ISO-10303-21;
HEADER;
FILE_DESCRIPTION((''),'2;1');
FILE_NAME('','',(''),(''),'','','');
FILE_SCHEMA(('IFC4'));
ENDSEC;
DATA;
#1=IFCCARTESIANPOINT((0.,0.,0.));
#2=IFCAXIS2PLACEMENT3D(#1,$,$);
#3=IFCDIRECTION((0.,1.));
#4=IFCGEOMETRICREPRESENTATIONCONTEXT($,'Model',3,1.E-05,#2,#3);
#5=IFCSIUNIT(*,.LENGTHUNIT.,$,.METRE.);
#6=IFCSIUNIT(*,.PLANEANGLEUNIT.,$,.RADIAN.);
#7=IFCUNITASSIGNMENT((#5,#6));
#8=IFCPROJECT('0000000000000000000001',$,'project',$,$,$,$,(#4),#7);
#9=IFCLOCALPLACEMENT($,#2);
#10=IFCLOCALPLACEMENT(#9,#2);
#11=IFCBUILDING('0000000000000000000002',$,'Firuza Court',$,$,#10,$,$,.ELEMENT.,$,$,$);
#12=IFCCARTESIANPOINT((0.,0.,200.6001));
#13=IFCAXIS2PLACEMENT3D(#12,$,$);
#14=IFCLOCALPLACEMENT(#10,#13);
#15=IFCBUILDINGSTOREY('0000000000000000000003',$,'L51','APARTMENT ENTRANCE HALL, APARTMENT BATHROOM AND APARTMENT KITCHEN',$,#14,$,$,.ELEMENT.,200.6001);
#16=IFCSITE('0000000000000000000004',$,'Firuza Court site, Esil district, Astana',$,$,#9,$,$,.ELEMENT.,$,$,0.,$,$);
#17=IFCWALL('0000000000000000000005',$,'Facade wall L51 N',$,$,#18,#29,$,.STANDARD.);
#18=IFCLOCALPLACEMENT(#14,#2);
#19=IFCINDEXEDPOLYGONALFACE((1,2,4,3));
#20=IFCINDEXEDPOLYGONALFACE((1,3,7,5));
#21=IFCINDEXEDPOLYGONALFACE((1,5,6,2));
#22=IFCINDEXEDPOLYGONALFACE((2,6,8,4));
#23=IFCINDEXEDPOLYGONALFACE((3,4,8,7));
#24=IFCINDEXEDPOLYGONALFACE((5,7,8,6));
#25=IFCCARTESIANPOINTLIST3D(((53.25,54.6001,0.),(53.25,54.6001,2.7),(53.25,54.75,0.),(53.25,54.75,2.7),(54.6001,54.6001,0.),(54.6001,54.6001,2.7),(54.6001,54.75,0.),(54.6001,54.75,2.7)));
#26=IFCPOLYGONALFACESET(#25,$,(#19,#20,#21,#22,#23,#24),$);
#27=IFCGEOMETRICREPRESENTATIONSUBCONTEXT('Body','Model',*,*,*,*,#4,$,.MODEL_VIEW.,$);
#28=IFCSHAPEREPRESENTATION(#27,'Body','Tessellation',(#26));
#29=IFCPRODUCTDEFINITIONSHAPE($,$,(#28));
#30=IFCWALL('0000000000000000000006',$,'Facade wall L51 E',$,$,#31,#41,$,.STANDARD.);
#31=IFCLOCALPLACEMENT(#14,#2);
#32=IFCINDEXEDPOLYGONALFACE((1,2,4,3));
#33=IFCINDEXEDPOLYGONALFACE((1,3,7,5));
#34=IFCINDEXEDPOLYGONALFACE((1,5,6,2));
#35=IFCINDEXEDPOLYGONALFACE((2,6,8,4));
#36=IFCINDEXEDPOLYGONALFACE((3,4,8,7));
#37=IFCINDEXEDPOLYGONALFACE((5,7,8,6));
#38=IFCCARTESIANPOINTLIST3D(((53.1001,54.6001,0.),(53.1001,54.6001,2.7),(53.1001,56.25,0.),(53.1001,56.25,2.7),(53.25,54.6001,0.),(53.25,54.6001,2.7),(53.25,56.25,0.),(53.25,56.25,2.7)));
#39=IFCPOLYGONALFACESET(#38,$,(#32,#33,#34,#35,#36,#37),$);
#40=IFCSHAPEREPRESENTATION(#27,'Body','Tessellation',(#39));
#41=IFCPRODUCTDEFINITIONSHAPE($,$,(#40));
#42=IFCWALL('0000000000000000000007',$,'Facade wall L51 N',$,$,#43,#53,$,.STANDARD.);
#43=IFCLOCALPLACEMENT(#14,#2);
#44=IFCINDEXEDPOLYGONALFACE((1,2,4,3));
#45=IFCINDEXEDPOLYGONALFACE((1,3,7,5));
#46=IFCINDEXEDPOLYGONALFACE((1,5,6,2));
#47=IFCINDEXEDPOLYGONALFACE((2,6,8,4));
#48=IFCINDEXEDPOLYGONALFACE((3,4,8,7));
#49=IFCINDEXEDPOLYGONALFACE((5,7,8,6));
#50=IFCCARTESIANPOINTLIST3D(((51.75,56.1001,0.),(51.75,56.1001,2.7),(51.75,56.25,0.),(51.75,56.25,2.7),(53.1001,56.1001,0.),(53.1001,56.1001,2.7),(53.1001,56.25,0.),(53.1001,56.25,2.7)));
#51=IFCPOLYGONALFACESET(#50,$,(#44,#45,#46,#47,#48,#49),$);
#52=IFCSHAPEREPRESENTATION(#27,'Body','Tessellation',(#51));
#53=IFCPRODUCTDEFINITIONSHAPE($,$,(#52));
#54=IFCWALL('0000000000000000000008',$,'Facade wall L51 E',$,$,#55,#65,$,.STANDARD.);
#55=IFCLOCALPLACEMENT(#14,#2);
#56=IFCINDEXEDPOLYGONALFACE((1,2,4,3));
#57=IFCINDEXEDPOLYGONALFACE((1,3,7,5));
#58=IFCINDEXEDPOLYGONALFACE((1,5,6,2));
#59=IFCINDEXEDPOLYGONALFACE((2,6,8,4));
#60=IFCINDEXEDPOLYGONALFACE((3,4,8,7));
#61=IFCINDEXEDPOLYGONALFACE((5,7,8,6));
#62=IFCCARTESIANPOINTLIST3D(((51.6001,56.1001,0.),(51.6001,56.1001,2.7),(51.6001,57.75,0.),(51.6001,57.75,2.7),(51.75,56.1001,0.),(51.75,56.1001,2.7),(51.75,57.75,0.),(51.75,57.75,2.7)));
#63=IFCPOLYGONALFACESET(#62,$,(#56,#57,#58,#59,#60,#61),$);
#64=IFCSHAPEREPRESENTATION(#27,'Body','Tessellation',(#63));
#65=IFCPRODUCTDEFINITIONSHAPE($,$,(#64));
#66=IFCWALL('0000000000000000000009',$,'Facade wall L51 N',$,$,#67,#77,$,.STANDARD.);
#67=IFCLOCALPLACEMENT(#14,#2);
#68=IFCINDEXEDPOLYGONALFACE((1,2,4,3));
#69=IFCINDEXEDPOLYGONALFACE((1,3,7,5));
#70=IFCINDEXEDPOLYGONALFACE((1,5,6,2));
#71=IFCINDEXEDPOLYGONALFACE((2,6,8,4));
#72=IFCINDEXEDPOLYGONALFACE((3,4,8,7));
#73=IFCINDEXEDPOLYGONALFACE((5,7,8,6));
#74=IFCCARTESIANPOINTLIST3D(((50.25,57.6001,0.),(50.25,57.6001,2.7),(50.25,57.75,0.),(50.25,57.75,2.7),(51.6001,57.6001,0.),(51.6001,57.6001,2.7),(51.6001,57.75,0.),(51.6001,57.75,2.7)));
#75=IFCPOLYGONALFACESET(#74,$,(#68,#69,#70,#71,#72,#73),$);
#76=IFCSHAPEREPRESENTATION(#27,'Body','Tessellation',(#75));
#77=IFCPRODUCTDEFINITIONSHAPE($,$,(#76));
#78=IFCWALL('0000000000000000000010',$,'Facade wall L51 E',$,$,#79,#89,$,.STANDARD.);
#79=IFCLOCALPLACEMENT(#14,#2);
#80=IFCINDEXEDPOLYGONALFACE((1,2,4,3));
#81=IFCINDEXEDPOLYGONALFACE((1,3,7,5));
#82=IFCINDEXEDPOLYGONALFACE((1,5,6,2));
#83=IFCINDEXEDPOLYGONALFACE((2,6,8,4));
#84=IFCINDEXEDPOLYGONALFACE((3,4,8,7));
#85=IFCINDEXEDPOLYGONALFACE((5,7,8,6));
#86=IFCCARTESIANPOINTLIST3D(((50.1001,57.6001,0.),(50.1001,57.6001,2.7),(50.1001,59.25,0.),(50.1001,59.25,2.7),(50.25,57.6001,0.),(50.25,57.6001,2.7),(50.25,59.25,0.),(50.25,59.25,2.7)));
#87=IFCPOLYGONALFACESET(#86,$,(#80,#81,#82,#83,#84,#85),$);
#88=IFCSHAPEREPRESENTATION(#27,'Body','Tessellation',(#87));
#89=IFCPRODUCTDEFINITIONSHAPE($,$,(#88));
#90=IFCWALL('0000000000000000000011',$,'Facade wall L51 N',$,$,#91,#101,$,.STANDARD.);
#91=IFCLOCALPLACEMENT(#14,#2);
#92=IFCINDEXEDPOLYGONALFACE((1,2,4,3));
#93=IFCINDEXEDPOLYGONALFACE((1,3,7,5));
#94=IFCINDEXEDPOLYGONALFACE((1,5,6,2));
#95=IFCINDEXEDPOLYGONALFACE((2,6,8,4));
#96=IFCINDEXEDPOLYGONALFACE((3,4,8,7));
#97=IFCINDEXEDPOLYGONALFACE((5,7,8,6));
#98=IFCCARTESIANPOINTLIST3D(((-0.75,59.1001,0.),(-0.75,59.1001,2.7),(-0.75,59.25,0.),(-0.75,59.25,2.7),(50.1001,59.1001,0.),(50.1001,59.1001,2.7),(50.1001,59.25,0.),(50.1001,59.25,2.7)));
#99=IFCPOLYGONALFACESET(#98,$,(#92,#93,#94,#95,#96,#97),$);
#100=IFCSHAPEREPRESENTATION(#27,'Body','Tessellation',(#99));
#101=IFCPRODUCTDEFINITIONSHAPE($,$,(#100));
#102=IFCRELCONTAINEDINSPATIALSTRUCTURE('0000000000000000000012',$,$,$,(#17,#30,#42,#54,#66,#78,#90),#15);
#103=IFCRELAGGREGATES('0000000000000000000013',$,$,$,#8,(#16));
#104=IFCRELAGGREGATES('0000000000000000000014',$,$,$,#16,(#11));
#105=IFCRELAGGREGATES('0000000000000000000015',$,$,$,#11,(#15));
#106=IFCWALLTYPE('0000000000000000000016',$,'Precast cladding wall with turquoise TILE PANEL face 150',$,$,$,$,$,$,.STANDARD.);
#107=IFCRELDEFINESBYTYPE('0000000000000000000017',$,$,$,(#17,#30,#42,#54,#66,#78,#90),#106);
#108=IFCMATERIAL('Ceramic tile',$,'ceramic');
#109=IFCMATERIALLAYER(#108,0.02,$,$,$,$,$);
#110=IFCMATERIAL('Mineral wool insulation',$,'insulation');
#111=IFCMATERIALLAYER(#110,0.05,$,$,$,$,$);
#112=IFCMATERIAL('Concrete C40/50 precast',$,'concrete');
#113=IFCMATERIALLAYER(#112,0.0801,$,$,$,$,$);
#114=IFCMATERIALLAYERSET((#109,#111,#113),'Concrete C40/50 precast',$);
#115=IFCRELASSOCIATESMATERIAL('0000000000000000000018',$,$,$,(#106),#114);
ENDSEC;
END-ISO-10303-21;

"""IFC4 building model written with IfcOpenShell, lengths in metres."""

from ifc_helpers import new_model, si_unit, direction, frame, frame_2d, origin, place, context, subcontext, project, spatial, rectangle, extrude, material, layer, layer_set, type_object, element, save


model = new_model("IFC4")

# Units and contexts
model_context = context("Model", 3, precision=1e-05, world=origin(), true_north=direction((0.0, 1.0)))
body_context = subcontext(model_context, "Body", "Model", "MODEL_VIEW")
ifc_project = project(units=[si_unit("LENGTHUNIT", "METRE"), si_unit("PLANEANGLEUNIT", "RADIAN")], contexts=[model_context])

# Site, building, storey
site_placement = place(None, origin())
site = spatial("IfcSite", under=ifc_project, at=site_placement, Name="Firuza Court site, Esil district, Astana", CompositionType="ELEMENT", RefElevation=0.0)
building_placement = place(site_placement, origin())
building = spatial("IfcBuilding", under=site, at=building_placement, Name="Firuza Court", CompositionType="ELEMENT")
storey_placement = place(building_placement, frame((0.0, 0.0, 200.6001)))
storey = spatial("IfcBuildingStorey", under=building, at=storey_placement, Name="L51", Description="APARTMENT ENTRANCE HALL, APARTMENT BATHROOM AND APARTMENT KITCHEN", CompositionType="ELEMENT", Elevation=200.6001)

# Walls
ifc_material_1 = material(Name="Ceramic tile", Category="ceramic")
ifc_layer_1 = layer(ifc_material_1, 0.02)
ifc_material_2 = material(Name="Mineral wool insulation", Category="insulation")
ifc_layer_2 = layer(ifc_material_2, 0.05)
ifc_material_3 = material(Name="Concrete C40/50 precast", Category="concrete")
ifc_layer_3 = layer(ifc_material_3, 0.0801)
ifc_layer_set_1 = layer_set([ifc_layer_1, ifc_layer_2, ifc_layer_3], Name="Concrete C40/50 precast")
wall_type_1 = type_object("IfcWallType", Name="Precast cladding wall with turquoise TILE PANEL face 150", PredefinedType="STANDARD", material=ifc_layer_set_1)
wall_1_placement = place(storey_placement, frame((54.6001, 54.675, 0.0), z_axis=(0.0, 0.0, 1.0), x_axis=(-1.0, 0.0, 0.0)))
element("IfcWall", 1, at=wall_1_placement, inside=storey, type_object=wall_type_1, Name="Facade wall L51 N", PredefinedType="STANDARD", context=body_context, shape_type="SweptSolid", body=[
    extrude(rectangle(XDim=1.3501, YDim=0.1499, at=frame_2d((0.675, 0.0))), origin(), (0.0, 0.0, 1.0), 2.7),
])
wall_2_placement = place(storey_placement, frame((53.175, 54.6001, 0.0), z_axis=(0.0, 0.0, 1.0), x_axis=(0.0, 1.0, 0.0)))
element("IfcWall", 2, at=wall_2_placement, inside=storey, type_object=wall_type_1, Name="Facade wall L51 E", PredefinedType="STANDARD", context=body_context, shape_type="SweptSolid", body=[
    extrude(rectangle(XDim=1.6499, YDim=0.1499, at=frame_2d((0.825, 0.0))), origin(), (0.0, 0.0, 1.0), 2.7),
])
wall_3_placement = place(storey_placement, frame((53.1001, 56.175, 0.0), z_axis=(0.0, 0.0, 1.0), x_axis=(-1.0, 0.0, 0.0)))
element("IfcWall", 3, at=wall_3_placement, inside=storey, type_object=wall_type_1, Name="Facade wall L51 N", PredefinedType="STANDARD", context=body_context, shape_type="SweptSolid", body=[
    extrude(rectangle(XDim=1.3501, YDim=0.1499, at=frame_2d((0.675, 0.0))), origin(), (0.0, 0.0, 1.0), 2.7),
])
wall_4_placement = place(storey_placement, frame((51.675, 56.1001, 0.0), z_axis=(0.0, 0.0, 1.0), x_axis=(0.0, 1.0, 0.0)))
element("IfcWall", 4, at=wall_4_placement, inside=storey, type_object=wall_type_1, Name="Facade wall L51 E", PredefinedType="STANDARD", context=body_context, shape_type="SweptSolid", body=[
    extrude(rectangle(XDim=1.6499, YDim=0.1499, at=frame_2d((0.825, 0.0))), origin(), (0.0, 0.0, 1.0), 2.7),
])
wall_5_placement = place(storey_placement, frame((51.6001, 57.675, 0.0), z_axis=(0.0, 0.0, 1.0), x_axis=(-1.0, 0.0, 0.0)))
element("IfcWall", 5, at=wall_5_placement, inside=storey, type_object=wall_type_1, Name="Facade wall L51 N", PredefinedType="STANDARD", context=body_context, shape_type="SweptSolid", body=[
    extrude(rectangle(XDim=1.3501, YDim=0.1499, at=frame_2d((0.675, 0.0))), origin(), (0.0, 0.0, 1.0), 2.7),
])
wall_6_placement = place(storey_placement, frame((50.175, 57.6001, 0.0), z_axis=(0.0, 0.0, 1.0), x_axis=(0.0, 1.0, 0.0)))
element("IfcWall", 6, at=wall_6_placement, inside=storey, type_object=wall_type_1, Name="Facade wall L51 E", PredefinedType="STANDARD", context=body_context, shape_type="SweptSolid", body=[
    extrude(rectangle(XDim=1.6499, YDim=0.1499, at=frame_2d((0.825, 0.0))), origin(), (0.0, 0.0, 1.0), 2.7),
])
wall_7_placement = place(storey_placement, frame((50.1001, 59.175, 0.0), z_axis=(0.0, 0.0, 1.0), x_axis=(-1.0, 0.0, 0.0)))
element("IfcWall", 7, at=wall_7_placement, inside=storey, type_object=wall_type_1, Name="Facade wall L51 N", PredefinedType="STANDARD", context=body_context, shape_type="SweptSolid", body=[
    extrude(rectangle(XDim=50.8501, YDim=0.1499, at=frame_2d((25.425, 0.0))), origin(), (0.0, 0.0, 1.0), 2.7),
])

save(model, "model.ifc")
